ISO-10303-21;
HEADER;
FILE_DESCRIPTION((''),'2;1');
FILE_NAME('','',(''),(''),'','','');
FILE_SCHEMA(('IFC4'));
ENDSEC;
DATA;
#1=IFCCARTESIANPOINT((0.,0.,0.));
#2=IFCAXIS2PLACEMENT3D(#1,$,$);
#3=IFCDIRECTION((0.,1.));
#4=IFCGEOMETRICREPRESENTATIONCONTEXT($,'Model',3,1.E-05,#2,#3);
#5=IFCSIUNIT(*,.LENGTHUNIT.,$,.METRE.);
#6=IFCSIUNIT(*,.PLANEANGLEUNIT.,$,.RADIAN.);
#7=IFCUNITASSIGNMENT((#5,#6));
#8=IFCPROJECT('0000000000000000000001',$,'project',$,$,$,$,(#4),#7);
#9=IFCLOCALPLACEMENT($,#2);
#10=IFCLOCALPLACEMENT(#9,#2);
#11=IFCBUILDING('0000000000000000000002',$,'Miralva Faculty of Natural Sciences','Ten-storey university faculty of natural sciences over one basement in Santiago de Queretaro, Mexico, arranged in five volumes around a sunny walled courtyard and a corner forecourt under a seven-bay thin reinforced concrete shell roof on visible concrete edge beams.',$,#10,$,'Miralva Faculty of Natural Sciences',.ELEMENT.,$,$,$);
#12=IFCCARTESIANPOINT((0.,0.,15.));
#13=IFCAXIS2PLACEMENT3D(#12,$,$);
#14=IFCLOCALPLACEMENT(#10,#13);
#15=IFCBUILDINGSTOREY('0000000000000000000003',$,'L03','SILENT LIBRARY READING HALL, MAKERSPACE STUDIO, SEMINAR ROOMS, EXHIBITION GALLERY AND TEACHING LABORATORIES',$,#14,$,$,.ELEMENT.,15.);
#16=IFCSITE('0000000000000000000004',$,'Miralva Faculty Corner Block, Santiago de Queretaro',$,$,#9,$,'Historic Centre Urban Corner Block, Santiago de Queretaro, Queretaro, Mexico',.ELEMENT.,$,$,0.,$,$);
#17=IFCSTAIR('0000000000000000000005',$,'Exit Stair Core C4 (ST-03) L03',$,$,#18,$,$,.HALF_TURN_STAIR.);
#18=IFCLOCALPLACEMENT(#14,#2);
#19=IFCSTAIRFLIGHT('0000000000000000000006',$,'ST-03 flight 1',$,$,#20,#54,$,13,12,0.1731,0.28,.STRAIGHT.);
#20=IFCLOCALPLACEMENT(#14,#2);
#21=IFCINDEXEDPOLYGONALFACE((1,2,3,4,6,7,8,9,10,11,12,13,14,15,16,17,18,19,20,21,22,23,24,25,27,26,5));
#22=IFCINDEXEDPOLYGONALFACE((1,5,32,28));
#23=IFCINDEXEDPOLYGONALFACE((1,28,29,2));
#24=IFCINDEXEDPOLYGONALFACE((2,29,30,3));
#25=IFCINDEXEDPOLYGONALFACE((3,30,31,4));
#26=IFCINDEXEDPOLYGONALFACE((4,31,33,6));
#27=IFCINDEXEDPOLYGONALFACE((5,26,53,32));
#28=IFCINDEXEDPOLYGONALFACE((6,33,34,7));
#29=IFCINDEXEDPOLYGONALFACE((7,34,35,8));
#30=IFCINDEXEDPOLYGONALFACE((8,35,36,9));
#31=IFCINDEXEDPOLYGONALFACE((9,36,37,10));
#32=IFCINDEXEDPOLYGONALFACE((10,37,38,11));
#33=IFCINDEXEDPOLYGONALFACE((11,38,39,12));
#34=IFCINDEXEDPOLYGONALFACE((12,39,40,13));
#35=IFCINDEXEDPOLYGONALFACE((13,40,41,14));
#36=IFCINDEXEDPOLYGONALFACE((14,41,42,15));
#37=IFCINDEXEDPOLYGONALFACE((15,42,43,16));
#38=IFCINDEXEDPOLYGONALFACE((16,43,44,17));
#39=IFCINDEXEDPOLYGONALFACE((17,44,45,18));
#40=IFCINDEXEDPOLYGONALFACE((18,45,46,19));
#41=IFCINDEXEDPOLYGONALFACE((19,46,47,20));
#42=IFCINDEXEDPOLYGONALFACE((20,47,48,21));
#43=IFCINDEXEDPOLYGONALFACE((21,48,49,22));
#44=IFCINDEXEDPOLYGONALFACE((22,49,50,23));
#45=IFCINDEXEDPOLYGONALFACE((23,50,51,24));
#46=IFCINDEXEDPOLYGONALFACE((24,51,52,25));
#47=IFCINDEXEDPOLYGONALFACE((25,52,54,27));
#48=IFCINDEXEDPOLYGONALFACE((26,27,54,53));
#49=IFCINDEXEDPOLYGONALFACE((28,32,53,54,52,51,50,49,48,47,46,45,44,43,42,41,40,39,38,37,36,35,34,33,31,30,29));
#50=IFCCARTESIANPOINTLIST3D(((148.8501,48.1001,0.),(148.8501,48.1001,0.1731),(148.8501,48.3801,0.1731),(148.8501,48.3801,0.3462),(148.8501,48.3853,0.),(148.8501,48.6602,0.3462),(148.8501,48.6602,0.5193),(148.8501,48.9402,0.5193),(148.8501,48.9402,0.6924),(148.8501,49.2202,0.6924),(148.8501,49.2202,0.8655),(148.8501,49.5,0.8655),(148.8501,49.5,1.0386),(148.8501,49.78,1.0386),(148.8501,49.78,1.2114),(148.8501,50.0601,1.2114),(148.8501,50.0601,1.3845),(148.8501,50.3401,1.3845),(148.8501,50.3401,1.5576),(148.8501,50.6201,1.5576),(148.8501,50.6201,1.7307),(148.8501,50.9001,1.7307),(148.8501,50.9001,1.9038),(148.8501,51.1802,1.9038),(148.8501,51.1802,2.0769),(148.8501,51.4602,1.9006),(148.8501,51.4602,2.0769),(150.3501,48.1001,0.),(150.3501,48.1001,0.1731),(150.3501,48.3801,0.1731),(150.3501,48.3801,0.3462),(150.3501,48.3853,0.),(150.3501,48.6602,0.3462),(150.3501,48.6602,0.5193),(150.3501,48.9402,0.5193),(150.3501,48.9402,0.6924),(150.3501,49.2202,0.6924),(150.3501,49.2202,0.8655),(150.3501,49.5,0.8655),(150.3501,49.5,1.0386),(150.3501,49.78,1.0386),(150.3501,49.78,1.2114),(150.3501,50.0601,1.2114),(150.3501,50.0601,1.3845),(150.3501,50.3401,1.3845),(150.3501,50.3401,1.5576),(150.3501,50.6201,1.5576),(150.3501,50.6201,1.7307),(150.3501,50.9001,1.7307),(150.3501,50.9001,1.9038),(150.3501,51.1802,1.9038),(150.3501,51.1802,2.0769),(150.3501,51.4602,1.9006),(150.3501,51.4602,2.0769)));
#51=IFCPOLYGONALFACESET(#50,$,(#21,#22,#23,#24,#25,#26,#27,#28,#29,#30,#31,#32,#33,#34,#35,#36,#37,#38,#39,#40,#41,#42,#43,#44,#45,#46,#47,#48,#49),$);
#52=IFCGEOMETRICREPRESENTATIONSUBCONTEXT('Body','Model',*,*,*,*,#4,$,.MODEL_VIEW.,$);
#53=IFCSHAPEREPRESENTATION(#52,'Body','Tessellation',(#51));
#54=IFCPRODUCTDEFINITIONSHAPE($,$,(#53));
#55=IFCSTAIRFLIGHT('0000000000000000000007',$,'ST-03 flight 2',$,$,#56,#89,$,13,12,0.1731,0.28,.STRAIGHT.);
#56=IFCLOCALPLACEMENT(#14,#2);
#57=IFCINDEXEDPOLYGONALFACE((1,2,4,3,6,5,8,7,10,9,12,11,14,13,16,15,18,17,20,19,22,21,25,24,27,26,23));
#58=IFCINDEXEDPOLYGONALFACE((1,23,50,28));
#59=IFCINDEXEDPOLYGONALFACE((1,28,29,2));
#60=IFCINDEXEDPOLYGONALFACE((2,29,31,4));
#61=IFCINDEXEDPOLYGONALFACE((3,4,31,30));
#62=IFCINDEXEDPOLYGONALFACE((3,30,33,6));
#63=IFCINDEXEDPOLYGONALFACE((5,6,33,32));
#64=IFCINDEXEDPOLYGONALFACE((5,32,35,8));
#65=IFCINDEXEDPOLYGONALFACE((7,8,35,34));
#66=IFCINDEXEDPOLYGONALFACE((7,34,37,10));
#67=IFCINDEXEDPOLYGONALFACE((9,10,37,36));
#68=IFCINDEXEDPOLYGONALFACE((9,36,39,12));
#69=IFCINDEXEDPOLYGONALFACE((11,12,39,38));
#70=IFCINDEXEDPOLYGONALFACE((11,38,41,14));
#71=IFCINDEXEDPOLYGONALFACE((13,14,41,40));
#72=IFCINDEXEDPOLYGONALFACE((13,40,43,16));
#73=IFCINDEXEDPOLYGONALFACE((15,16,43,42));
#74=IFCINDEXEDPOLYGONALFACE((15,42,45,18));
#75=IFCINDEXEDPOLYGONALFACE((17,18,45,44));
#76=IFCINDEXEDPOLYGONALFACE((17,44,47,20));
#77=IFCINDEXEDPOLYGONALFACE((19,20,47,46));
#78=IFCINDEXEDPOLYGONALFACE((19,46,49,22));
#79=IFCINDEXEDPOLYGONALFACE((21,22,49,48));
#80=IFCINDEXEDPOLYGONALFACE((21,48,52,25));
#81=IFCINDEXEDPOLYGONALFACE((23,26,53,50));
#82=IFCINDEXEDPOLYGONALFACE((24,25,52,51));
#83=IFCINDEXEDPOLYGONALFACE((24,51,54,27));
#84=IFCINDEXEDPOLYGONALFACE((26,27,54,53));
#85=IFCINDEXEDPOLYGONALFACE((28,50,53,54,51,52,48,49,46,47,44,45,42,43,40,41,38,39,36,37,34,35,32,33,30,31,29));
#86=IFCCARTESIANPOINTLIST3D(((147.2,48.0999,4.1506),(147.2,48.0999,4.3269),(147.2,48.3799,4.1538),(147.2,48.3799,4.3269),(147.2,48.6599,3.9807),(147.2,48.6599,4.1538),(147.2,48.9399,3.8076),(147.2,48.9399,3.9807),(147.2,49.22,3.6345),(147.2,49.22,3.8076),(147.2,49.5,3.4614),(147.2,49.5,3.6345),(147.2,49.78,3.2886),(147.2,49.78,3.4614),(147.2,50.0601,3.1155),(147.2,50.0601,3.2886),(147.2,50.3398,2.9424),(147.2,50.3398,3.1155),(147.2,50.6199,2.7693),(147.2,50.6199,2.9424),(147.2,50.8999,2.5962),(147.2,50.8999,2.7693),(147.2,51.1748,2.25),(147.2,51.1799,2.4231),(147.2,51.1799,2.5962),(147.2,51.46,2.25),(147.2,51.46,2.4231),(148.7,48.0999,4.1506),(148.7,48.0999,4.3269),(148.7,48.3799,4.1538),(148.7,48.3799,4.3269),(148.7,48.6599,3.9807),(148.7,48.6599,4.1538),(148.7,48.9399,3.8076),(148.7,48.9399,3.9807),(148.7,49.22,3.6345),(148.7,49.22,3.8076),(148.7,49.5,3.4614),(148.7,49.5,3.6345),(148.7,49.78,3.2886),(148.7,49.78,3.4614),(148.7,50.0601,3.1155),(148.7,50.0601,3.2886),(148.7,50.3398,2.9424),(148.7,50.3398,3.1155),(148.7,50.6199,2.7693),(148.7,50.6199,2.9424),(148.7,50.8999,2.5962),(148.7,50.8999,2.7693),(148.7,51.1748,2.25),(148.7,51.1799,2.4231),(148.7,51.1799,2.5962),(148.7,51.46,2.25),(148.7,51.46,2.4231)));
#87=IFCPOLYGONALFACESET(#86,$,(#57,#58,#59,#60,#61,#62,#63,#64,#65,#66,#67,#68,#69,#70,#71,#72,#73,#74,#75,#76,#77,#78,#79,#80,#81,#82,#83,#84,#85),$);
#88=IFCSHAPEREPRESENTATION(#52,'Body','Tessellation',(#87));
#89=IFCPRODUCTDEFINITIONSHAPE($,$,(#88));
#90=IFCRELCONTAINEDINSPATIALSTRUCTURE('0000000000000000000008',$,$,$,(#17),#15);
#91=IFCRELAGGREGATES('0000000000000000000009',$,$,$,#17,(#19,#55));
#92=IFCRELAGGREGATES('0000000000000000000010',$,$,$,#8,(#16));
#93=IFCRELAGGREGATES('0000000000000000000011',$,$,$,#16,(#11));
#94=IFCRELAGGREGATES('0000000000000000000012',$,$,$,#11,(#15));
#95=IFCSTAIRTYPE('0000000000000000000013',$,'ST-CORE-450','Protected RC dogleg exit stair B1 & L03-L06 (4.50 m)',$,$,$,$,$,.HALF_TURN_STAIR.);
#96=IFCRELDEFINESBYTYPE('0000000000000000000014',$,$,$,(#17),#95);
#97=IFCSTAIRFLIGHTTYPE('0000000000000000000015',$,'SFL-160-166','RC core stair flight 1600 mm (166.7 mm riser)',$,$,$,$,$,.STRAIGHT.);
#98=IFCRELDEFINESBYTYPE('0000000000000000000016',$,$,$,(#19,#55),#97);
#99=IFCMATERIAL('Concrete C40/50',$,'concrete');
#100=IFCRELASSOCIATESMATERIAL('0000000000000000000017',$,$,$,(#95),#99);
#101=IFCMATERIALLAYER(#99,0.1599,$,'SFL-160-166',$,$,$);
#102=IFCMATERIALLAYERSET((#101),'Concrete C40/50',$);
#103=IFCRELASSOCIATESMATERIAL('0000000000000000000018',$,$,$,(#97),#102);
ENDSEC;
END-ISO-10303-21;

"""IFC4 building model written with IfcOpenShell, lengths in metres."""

from ifc_helpers import new_model, si_unit, direction, frame, origin, place, context, subcontext, project, spatial, polyline, outline, extrude, material, layer, layer_set, type_object, element, aggregate, save


model = new_model("IFC4")

# Units and contexts
model_context = context("Model", 3, precision=1e-05, world=origin(), true_north=direction((0.0, 1.0)))
body_context = subcontext(model_context, "Body", "Model", "MODEL_VIEW")
ifc_project = project(units=[si_unit("LENGTHUNIT", "METRE"), si_unit("PLANEANGLEUNIT", "RADIAN")], contexts=[model_context])

# Site, building, storey
site_placement = place(None, origin())
site = spatial("IfcSite", under=ifc_project, at=site_placement, Name="Miralva Faculty Corner Block, Santiago de Queretaro", LongName="Historic Centre Urban Corner Block, Santiago de Queretaro, Queretaro, Mexico", CompositionType="ELEMENT", RefElevation=0.0)
building_placement = place(site_placement, origin())
building = spatial("IfcBuilding", under=site, at=building_placement, Name="Miralva Faculty of Natural Sciences", Description="Ten-storey university faculty of natural sciences over one basement in Santiago de Queretaro, Mexico, arranged in five volumes around a sunny walled courtyard and a corner forecourt under a seven-bay thin reinforced concrete shell roof on visible concrete edge beams.", LongName="Miralva Faculty of Natural Sciences", CompositionType="ELEMENT")
storey_placement = place(building_placement, frame((0.0, 0.0, 15.0)))
storey = spatial("IfcBuildingStorey", under=building, at=storey_placement, Name="L03", Description="SILENT LIBRARY READING HALL, MAKERSPACE STUDIO, SEMINAR ROOMS, EXHIBITION GALLERY AND TEACHING LABORATORIES", CompositionType="ELEMENT", Elevation=15.0)

# Shared definitions
ifc_material_1 = material(Name="Concrete C40/50", Category="concrete")

# Stair, stair flights
stair_type = type_object("IfcStairType", Name="ST-CORE-450", Description="Protected RC dogleg exit stair B1 & L03-L06 (4.50 m)", PredefinedType="HALF_TURN_STAIR", material=ifc_material_1)
stair_placement = place(storey_placement, origin())
stair = element("IfcStair", 1, at=stair_placement, inside=storey, type_object=stair_type, Name="Exit Stair Core C4 (ST-03) L03", PredefinedType="HALF_TURN_STAIR")
ifc_layer_1 = layer(ifc_material_1, 0.1599, Name="SFL-160-166")
ifc_layer_set_1 = layer_set([ifc_layer_1], Name="Concrete C40/50")
stair_flight_type = type_object("IfcStairFlightType", Name="SFL-160-166", Description="RC core stair flight 1600 mm (166.7 mm riser)", PredefinedType="STRAIGHT", material=ifc_layer_set_1)
stair_flight_1_placement = place(storey_placement, frame((149.6001, 48.1001, 0.0), z_axis=(0.0, 0.0, 1.0), x_axis=(0.0, 1.0, 0.0)))
stair_flight_1 = element("IfcStairFlight", 2, at=stair_flight_1_placement, type_object=stair_flight_type, Name="ST-03 flight 1", NumberOfRisers=13, NumberOfTreads=12, PredefinedType="STRAIGHT", RiserHeight=0.1731, TreadLength=0.28, context=body_context, shape_type="SweptSolid", body=[
    extrude(outline(polyline([(0.0, 0.0), (0.0, 0.1731), (0.28, 0.1731), (0.28, 0.3462), (0.5601, 0.3462), (0.5601, 0.5193), (0.8401, 0.5193), (0.8401, 0.6924), (1.1201, 0.6924), (1.1201, 0.8655), (1.3999, 0.8655), (1.3999, 1.0386), (1.6799, 1.0386), (1.6799, 1.2114), (1.96, 1.2114), (1.96, 1.3845), (2.24, 1.3845), (2.24, 1.5576), (2.52, 1.5576), (2.52, 1.7307), (2.8, 1.7307), (2.8, 1.9038), (3.0801, 1.9038), (3.0801, 2.0769), (3.3601, 2.0769), (3.3601, 2.25), (3.3601, 1.9006), (0.2852, 0.0), (0.0, 0.0)])), frame((0.0, 0.75, 0.0), z_axis=(0.0, -1.0, 0.0), x_axis=(1.0, 0.0, 0.0)), (0.0, 0.0, 1.0), 1.5),
])
stair_flight_2_placement = place(storey_placement, frame((147.95, 51.46, 2.25), z_axis=(0.0, 0.0, 1.0), x_axis=(0.0, -1.0, 0.0)))
stair_flight_2 = element("IfcStairFlight", 3, at=stair_flight_2_placement, type_object=stair_flight_type, Name="ST-03 flight 2", NumberOfRisers=13, NumberOfTreads=12, PredefinedType="STRAIGHT", RiserHeight=0.1731, TreadLength=0.28, context=body_context, shape_type="SweptSolid", body=[
    extrude(outline(polyline([(0.0, 0.0), (0.0, 0.1731), (0.28, 0.1731), (0.28, 0.3462), (0.5601, 0.3462), (0.5601, 0.5193), (0.8401, 0.5193), (0.8401, 0.6924), (1.1201, 0.6924), (1.1201, 0.8655), (1.3999, 0.8655), (1.3999, 1.0386), (1.6799, 1.0386), (1.6799, 1.2114), (1.96, 1.2114), (1.96, 1.3845), (2.24, 1.3845), (2.24, 1.5576), (2.52, 1.5576), (2.52, 1.7307), (2.8, 1.7307), (2.8, 1.9038), (3.0801, 1.9038), (3.0801, 2.0769), (3.3601, 2.0769), (3.3601, 2.25), (3.3601, 1.9006), (0.2852, 0.0), (0.0, 0.0)])), frame((0.0, 0.75, 0.0), z_axis=(0.0, -1.0, 0.0), x_axis=(1.0, 0.0, 0.0)), (0.0, 0.0, 1.0), 1.5),
])
aggregate(stair, [stair_flight_1, stair_flight_2])

save(model, "model.ifc")
